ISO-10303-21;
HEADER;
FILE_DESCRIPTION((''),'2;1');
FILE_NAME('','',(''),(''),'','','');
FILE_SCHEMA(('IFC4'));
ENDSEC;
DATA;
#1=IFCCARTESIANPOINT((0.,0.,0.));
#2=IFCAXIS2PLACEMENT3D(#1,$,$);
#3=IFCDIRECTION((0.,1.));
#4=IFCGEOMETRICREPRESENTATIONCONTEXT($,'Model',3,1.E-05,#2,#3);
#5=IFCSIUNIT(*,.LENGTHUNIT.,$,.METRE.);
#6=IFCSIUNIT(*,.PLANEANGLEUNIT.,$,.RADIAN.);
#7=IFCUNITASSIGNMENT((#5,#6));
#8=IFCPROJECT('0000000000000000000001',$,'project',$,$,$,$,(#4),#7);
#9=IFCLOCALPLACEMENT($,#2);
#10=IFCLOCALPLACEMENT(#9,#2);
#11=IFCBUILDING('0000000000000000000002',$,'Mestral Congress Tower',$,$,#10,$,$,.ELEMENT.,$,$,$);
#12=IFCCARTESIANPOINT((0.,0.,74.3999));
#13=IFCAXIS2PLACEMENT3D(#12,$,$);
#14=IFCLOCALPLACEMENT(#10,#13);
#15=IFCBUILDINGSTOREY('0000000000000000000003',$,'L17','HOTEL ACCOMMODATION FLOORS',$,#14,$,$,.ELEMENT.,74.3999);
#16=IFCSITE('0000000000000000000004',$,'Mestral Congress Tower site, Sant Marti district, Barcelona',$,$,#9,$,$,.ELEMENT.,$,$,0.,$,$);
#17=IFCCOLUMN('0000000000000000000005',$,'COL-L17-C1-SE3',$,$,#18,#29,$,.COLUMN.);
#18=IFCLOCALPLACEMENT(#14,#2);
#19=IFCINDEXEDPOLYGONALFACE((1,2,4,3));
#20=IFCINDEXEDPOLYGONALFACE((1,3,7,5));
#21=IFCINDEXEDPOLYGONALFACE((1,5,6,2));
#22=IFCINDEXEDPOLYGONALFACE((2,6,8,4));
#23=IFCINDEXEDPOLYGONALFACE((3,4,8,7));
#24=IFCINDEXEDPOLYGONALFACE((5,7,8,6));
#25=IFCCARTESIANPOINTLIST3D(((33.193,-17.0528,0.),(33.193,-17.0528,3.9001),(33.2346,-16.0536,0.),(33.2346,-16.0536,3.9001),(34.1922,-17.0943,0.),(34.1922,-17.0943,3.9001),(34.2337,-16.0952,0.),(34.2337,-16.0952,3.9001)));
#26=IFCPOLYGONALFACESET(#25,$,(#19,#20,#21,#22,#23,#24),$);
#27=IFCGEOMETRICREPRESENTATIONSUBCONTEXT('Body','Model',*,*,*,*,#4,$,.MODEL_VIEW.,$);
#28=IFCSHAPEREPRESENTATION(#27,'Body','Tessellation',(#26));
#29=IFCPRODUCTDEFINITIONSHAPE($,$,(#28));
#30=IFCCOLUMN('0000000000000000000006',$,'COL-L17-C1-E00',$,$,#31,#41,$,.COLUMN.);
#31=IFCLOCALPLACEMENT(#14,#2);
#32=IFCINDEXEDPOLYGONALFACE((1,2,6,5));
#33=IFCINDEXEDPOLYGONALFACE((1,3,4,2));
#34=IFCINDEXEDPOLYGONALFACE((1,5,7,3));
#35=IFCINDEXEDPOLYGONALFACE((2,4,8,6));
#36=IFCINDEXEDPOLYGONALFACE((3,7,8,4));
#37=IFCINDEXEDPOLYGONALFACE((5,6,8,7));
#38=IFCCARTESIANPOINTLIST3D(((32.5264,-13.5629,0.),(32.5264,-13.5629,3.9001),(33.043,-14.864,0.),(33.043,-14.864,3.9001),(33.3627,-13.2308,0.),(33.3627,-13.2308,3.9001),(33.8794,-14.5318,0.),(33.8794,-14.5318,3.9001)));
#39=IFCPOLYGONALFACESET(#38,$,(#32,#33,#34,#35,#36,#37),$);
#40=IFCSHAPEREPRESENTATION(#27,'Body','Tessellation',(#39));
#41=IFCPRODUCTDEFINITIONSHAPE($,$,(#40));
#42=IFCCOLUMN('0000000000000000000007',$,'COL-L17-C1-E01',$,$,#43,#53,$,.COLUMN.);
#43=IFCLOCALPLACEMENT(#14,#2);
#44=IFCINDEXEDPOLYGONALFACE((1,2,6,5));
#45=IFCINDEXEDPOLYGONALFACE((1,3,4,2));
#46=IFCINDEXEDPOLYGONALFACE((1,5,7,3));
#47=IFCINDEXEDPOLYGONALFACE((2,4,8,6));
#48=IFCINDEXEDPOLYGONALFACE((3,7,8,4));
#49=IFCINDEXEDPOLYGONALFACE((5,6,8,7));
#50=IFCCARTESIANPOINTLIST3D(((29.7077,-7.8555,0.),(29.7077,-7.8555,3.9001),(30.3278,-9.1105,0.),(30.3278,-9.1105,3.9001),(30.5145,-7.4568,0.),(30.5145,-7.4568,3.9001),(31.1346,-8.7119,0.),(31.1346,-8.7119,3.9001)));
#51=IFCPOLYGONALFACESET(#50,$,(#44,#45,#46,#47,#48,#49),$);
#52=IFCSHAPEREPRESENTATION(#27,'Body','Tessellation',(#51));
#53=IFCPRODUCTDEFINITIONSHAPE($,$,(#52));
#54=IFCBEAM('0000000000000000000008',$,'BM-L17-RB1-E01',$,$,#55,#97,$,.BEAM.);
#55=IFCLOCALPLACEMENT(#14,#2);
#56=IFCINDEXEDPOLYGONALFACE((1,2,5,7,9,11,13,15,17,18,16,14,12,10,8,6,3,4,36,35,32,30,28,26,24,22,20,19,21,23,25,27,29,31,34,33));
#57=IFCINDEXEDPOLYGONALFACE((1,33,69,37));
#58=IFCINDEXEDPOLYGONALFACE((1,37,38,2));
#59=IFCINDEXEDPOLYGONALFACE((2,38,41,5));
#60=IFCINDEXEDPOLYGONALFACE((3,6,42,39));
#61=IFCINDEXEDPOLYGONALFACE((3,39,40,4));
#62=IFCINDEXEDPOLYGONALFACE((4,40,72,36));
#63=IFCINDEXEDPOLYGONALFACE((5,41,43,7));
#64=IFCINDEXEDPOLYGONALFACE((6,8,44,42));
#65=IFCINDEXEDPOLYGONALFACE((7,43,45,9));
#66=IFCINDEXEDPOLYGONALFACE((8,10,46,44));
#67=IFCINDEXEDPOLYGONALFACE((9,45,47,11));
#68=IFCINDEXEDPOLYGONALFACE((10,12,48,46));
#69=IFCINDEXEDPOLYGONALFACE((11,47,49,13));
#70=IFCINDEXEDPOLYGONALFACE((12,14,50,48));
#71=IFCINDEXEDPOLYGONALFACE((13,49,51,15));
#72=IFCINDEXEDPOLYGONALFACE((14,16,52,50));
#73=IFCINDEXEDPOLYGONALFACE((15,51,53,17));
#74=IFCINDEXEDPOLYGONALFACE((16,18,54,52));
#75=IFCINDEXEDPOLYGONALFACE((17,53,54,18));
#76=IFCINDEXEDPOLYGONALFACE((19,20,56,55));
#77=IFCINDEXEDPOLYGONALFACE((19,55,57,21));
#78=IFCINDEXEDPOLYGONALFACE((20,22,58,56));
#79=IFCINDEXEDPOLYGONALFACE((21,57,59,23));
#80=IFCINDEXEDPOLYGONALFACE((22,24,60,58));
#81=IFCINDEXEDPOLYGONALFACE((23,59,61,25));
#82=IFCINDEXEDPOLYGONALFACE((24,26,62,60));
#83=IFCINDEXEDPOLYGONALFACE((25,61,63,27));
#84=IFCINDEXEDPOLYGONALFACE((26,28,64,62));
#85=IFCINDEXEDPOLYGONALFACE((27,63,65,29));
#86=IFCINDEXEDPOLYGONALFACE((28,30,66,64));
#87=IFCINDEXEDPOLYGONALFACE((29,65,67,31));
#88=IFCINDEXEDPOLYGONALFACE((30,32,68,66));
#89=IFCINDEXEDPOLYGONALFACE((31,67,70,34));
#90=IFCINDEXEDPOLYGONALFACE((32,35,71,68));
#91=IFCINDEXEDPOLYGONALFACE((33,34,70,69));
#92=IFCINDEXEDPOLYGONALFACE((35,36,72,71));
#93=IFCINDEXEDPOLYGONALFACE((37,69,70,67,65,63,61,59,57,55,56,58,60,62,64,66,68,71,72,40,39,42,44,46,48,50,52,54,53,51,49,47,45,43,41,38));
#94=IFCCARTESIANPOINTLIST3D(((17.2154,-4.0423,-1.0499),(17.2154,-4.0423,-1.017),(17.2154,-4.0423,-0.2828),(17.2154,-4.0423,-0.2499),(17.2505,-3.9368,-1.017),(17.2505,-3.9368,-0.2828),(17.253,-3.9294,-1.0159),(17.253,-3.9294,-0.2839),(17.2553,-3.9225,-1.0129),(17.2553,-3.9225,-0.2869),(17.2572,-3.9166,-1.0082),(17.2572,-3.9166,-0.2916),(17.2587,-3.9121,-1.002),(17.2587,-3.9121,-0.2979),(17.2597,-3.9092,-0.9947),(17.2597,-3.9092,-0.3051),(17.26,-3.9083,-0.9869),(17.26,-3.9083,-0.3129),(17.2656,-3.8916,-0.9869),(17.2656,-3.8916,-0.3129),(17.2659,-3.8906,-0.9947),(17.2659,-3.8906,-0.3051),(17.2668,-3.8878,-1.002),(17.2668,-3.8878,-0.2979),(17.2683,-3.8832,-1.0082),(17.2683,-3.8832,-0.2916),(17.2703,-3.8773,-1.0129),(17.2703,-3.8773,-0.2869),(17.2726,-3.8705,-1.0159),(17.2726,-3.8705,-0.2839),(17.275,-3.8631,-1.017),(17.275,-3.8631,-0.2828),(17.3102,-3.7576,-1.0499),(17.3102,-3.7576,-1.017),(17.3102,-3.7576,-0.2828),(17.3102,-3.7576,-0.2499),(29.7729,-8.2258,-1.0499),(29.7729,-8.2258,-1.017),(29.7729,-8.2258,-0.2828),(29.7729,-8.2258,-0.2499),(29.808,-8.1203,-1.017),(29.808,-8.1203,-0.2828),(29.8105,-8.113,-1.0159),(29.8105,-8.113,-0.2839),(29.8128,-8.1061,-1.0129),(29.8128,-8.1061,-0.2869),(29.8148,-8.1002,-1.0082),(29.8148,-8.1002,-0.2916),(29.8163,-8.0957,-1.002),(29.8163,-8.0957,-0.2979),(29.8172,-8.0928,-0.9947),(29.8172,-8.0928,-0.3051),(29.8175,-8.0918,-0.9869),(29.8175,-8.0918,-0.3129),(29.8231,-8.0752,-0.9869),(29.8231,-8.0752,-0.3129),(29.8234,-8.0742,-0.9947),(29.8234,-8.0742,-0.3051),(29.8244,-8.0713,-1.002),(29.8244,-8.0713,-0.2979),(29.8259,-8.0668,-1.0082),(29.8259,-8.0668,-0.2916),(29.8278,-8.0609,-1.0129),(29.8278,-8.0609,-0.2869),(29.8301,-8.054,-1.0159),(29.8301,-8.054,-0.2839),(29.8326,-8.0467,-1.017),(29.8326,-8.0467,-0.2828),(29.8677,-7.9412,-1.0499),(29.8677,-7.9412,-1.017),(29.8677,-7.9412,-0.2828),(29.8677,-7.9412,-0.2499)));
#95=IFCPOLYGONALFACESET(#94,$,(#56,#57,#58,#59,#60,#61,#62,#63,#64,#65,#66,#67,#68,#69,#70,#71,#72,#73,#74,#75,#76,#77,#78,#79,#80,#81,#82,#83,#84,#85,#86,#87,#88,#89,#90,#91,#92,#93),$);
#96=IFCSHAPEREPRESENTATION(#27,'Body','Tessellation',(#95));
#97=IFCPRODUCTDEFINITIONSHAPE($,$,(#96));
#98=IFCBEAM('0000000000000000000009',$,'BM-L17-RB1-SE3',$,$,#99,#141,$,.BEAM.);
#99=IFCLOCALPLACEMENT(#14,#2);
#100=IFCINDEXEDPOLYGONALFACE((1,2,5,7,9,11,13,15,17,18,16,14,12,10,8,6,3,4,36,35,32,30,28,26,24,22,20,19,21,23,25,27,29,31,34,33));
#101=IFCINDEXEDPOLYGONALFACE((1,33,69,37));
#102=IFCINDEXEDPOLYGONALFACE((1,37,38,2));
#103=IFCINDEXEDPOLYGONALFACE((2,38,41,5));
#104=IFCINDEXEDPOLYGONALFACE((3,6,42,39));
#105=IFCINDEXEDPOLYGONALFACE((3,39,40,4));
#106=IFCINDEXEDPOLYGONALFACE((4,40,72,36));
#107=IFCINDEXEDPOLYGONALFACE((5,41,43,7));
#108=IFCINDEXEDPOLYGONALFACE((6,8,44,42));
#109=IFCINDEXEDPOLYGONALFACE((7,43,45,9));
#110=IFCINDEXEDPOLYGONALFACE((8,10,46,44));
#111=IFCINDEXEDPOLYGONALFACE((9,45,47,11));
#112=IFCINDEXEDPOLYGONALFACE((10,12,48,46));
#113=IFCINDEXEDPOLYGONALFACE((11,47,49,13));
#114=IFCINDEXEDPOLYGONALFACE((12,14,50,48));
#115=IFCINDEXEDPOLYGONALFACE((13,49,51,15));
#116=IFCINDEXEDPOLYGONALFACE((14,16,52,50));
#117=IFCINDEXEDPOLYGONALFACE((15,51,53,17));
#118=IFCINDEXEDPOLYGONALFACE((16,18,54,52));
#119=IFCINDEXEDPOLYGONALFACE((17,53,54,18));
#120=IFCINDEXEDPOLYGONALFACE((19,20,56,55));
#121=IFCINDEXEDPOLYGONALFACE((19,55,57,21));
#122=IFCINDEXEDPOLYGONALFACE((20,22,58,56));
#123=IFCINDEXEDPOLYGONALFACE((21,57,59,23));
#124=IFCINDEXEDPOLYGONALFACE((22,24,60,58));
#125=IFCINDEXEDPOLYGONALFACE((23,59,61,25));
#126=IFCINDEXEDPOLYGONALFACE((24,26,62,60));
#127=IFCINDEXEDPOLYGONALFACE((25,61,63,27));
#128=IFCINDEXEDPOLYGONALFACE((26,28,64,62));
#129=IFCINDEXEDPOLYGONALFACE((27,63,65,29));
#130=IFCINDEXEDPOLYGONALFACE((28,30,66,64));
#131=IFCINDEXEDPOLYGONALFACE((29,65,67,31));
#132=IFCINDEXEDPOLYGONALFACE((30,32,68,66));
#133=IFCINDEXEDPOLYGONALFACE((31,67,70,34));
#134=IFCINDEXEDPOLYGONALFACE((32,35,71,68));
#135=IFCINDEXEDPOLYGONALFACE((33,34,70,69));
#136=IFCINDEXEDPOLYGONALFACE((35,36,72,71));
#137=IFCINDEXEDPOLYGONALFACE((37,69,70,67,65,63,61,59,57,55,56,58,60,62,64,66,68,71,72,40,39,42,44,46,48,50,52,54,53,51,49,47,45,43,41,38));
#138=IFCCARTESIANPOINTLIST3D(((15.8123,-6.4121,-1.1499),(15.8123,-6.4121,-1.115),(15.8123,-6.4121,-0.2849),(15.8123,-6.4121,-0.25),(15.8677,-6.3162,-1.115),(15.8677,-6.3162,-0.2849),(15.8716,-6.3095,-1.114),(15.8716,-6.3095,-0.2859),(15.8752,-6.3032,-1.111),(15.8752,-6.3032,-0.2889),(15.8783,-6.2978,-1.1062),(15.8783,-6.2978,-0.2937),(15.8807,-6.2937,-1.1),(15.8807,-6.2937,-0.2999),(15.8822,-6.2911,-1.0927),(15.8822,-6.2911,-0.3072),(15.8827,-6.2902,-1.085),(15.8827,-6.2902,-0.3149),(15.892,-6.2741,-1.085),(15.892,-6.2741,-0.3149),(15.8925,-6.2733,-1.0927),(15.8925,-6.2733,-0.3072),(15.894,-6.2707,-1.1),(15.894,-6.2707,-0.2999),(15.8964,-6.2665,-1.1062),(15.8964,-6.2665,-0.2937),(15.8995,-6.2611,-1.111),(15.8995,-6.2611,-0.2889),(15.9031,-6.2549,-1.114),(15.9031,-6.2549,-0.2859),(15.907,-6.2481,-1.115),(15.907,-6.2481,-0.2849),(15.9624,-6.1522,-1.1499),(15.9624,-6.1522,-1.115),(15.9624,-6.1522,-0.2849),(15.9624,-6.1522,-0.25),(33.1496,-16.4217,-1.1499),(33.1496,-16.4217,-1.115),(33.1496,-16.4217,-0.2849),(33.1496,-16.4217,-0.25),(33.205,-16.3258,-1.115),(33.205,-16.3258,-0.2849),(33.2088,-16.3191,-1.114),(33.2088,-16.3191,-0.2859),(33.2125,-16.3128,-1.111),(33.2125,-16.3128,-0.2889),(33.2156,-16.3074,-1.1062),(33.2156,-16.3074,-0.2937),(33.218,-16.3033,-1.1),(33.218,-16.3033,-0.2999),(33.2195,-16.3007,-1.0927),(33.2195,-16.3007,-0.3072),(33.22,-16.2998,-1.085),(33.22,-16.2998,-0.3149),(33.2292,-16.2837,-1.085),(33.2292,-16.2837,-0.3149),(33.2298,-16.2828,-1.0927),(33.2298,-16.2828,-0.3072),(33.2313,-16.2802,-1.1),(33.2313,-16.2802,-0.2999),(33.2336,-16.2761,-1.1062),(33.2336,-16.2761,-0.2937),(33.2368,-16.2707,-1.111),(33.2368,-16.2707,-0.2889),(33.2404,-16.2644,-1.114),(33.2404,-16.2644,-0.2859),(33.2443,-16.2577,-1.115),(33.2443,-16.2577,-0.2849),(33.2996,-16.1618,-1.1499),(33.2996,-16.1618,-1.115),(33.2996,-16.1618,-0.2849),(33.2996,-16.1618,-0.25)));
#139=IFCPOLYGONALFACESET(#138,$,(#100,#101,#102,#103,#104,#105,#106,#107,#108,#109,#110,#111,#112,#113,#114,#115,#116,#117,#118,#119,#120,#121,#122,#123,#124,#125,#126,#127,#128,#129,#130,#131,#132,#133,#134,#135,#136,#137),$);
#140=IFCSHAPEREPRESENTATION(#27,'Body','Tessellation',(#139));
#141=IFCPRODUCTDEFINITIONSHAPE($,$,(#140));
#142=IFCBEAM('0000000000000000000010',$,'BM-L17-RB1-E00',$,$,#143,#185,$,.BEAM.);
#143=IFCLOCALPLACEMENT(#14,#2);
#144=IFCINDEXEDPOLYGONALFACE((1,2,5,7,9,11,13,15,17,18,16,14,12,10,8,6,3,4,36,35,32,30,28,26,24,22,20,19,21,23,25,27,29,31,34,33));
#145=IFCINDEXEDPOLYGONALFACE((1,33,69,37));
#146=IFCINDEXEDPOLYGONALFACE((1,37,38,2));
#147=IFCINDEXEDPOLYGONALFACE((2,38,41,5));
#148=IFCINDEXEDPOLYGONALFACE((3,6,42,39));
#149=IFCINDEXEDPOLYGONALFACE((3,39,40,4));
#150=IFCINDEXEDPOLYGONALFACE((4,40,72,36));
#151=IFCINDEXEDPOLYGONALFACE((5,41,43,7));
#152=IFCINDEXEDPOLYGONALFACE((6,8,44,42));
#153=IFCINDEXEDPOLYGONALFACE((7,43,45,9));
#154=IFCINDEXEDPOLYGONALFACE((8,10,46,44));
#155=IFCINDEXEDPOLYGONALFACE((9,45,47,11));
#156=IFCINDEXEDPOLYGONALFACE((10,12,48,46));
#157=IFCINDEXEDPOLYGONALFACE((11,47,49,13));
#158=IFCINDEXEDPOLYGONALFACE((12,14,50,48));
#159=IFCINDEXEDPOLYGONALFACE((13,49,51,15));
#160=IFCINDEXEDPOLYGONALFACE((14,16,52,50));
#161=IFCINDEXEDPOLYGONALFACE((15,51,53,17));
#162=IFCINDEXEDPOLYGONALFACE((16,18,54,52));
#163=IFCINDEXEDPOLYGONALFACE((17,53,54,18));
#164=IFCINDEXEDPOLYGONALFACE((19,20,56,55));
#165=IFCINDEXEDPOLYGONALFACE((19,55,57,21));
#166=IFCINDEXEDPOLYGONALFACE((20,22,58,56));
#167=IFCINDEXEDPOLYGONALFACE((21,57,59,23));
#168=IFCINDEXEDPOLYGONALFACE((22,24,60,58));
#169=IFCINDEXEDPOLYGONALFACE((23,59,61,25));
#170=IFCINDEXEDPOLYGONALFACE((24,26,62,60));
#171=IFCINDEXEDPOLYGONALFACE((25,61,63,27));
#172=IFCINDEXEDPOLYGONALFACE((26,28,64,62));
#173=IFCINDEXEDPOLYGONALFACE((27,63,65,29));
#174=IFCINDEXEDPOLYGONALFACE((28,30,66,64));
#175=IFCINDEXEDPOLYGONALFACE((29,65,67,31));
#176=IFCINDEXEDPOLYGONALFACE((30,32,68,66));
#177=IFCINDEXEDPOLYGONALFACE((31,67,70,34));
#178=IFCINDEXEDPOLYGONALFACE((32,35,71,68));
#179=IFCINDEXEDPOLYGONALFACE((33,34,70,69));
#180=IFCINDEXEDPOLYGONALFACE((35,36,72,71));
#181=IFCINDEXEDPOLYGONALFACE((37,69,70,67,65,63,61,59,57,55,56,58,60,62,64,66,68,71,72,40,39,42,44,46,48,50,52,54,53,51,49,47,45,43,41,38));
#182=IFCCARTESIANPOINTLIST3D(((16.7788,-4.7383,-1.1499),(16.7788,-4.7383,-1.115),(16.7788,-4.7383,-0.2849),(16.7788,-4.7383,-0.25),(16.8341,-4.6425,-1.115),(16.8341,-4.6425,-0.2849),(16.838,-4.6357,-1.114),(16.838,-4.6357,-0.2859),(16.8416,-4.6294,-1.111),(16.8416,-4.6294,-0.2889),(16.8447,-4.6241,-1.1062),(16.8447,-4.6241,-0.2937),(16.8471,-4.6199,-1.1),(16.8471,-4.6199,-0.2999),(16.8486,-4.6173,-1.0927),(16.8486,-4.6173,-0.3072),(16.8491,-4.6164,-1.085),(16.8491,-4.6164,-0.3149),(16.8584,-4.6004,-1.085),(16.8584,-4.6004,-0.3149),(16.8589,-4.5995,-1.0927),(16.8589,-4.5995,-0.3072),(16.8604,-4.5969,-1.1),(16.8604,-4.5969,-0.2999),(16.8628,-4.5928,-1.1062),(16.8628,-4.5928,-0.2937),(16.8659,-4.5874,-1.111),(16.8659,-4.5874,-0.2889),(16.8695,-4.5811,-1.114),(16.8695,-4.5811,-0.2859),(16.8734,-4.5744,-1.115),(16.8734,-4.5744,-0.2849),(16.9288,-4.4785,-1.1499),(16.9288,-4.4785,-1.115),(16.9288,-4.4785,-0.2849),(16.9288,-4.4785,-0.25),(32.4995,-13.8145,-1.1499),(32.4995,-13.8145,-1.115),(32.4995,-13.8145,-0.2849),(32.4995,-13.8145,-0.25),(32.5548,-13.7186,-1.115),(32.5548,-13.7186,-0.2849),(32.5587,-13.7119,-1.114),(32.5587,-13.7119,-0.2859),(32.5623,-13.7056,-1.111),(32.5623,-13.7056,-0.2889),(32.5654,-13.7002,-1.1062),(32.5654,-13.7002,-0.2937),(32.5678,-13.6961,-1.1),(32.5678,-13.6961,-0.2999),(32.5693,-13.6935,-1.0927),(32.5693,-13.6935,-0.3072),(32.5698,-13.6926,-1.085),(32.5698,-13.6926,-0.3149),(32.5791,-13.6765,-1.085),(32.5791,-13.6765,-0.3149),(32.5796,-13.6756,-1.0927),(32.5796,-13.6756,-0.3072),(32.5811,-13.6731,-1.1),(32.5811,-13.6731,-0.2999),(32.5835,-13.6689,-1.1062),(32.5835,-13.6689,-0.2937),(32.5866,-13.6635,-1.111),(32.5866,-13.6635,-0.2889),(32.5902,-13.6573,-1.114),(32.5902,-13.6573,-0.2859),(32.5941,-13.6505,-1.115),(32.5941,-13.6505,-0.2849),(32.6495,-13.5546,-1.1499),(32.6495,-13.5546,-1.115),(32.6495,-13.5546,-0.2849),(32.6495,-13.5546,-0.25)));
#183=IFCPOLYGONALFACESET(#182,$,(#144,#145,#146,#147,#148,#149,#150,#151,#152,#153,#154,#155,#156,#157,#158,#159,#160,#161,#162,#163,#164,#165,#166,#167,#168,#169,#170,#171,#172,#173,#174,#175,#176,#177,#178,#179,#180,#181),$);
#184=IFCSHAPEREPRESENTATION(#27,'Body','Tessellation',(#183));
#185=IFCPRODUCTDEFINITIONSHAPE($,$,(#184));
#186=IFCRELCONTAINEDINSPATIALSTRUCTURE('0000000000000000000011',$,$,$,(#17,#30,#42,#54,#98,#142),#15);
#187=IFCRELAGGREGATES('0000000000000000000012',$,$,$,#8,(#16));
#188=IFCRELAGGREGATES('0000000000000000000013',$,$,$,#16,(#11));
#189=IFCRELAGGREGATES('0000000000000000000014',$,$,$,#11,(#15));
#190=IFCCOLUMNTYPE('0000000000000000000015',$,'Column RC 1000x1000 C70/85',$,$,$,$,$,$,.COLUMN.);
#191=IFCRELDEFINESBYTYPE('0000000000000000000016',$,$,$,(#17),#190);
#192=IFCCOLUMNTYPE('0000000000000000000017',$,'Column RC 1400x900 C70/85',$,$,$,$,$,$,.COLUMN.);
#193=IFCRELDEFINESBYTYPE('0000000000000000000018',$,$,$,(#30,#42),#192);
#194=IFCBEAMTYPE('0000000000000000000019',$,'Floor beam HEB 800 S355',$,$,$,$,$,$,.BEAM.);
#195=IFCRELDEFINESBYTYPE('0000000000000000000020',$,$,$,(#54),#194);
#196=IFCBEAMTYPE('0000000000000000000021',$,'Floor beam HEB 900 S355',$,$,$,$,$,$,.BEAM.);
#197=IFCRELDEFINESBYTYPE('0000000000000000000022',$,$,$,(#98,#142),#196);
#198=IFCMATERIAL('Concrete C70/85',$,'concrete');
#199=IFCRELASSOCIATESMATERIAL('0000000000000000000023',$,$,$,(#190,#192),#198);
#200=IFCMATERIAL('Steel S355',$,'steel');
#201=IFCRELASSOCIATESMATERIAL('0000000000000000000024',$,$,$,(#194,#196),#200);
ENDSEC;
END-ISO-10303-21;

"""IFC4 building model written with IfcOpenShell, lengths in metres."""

from ifc_helpers import new_model, si_unit, direction, frame, origin, origin_2d, place, context, subcontext, project, spatial, rectangle, i_section, extrude, material, material_profile, profile_set, type_object, element, save


model = new_model("IFC4")

# Units and contexts
model_context = context("Model", 3, precision=1e-05, world=origin(), true_north=direction((0.0, 1.0)))
body_context = subcontext(model_context, "Body", "Model", "MODEL_VIEW")
ifc_project = project(units=[si_unit("LENGTHUNIT", "METRE"), si_unit("PLANEANGLEUNIT", "RADIAN")], contexts=[model_context])

# Site, building, storey
site_placement = place(None, origin())
site = spatial("IfcSite", under=ifc_project, at=site_placement, Name="Mestral Congress Tower site, Sant Marti district, Barcelona", CompositionType="ELEMENT", RefElevation=0.0)
building_placement = place(site_placement, origin())
building = spatial("IfcBuilding", under=site, at=building_placement, Name="Mestral Congress Tower", CompositionType="ELEMENT")
storey_placement = place(building_placement, frame((0.0, 0.0, 74.3999)))
storey = spatial("IfcBuildingStorey", under=building, at=storey_placement, Name="L17", Description="HOTEL ACCOMMODATION FLOORS", CompositionType="ELEMENT", Elevation=74.3999)

# Columns
ifc_material_1 = material(Name="Concrete C70/85", Category="concrete")
ifc_material_profile_1 = material_profile(ifc_material_1, rectangle(XDim=1.0, YDim=1.0, at=origin_2d()), Name="RC 1000x1000")
ifc_profile_set_1 = profile_set([ifc_material_profile_1], Name="Concrete C70/85")
column_type_1 = type_object("IfcColumnType", Name="Column RC 1000x1000 C70/85", PredefinedType="COLUMN", material=ifc_profile_set_1)
column_placement = place(storey_placement, frame((33.7134, -16.574, 0.0), z_axis=(0.0, 0.0, 1.0), x_axis=(0.041583, 0.999135, 0.0)))
element("IfcColumn", 1, at=column_placement, inside=storey, type_object=column_type_1, Name="COL-L17-C1-SE3", PredefinedType="COLUMN", context=body_context, shape_type="SweptSolid", body=[
    extrude(rectangle(XDim=1.0, YDim=1.0, at=origin_2d()), origin(), (0.0, 0.0, 1.0), 3.9001),
])
ifc_material_profile_2 = material_profile(ifc_material_1, rectangle(XDim=1.3999, YDim=0.8999, at=origin_2d()), Name="RC 1400x900")
ifc_profile_set_2 = profile_set([ifc_material_profile_2], Name="Concrete C70/85")
column_type_2 = type_object("IfcColumnType", Name="Column RC 1400x900 C70/85", PredefinedType="COLUMN", material=ifc_profile_set_2)
for number, where, z_axis, x_axis, name in (
    (2, (33.2029, -14.0474, 0.0), (0.0, 0.0, 1.0), (-0.36909, 0.929394, 0.0), "COL-L17-C1-E00"),
    (3, (30.4211, -8.2837, 0.0), (0.0, 0.0, 1.0), (-0.442959, 0.896542, 0.0), "COL-L17-C1-E01"),
):
    element("IfcColumn", number, at=place(storey_placement, frame(where, z_axis=z_axis, x_axis=x_axis)), inside=storey, type_object=column_type_2, Name=name, PredefinedType="COLUMN", context=body_context, shape_type="SweptSolid", body=[
        extrude(rectangle(XDim=1.3999, YDim=0.8999, at=origin_2d()), origin(), (0.0, 0.0, 1.0), 3.9001),
    ])

# Beams
ifc_material_2 = material(Name="Steel S355", Category="steel")
ifc_material_profile_3 = material_profile(ifc_material_2, i_section(OverallWidth=0.3, OverallDepth=0.8, WebThickness=0.0176, FlangeThickness=0.033, FilletRadius=0.03, at=origin_2d()), Name="HEB 800")
ifc_profile_set_3 = profile_set([ifc_material_profile_3], Name="Steel S355")
beam_type_1 = type_object("IfcBeamType", Name="Floor beam HEB 800 S355", PredefinedType="BEAM", material=ifc_profile_set_3)
beam_1_placement = place(storey_placement, frame((29.8203, -8.0835, -0.6499), z_axis=(-0.948735, 0.316073, 0.0), x_axis=(-0.316073, -0.948735, 0.0)))
element("IfcBeam", 4, at=beam_1_placement, inside=storey, type_object=beam_type_1, Name="BM-L17-RB1-E01", PredefinedType="BEAM", context=body_context, shape_type="SweptSolid", body=[
    extrude(i_section(OverallWidth=0.3, OverallDepth=0.8, WebThickness=0.0176, FlangeThickness=0.033, FilletRadius=0.03, at=origin_2d()), origin(), (0.0, 0.0, 1.0), 13.2361),
])
ifc_material_profile_4 = material_profile(ifc_material_2, i_section(OverallWidth=0.3, OverallDepth=0.8999, WebThickness=0.0186, FlangeThickness=0.0349, FilletRadius=0.03, at=origin_2d()), Name="HEB 900")
ifc_profile_set_4 = profile_set([ifc_material_profile_4], Name="Steel S355")
beam_type_2 = type_object("IfcBeamType", Name="Floor beam HEB 900 S355", PredefinedType="BEAM", material=ifc_profile_set_4)
beam_2_placement = place(storey_placement, frame((33.2246, -16.2917, -0.7), z_axis=(-0.866027, 0.499997, 0.0), x_axis=(-0.499997, -0.866027, 0.0)))
element("IfcBeam", 5, at=beam_2_placement, inside=storey, type_object=beam_type_2, Name="BM-L17-RB1-SE3", PredefinedType="BEAM", context=body_context, shape_type="SweptSolid", body=[
    extrude(i_section(OverallWidth=0.3, OverallDepth=0.8999, WebThickness=0.0186, FlangeThickness=0.0349, FilletRadius=0.03, at=origin_2d()), origin(), (0.0, 0.0, 1.0), 20.0193),
])
beam_3_placement = place(storey_placement, frame((32.5745, -13.6846, -0.7), z_axis=(-0.86603, 0.499993, 0.0), x_axis=(-0.499993, -0.86603, 0.0)))
element("IfcBeam", 6, at=beam_3_placement, inside=storey, type_object=beam_type_2, Name="BM-L17-RB1-E00", PredefinedType="BEAM", context=body_context, shape_type="SweptSolid", body=[
    extrude(i_section(OverallWidth=0.3, OverallDepth=0.8999, WebThickness=0.0186, FlangeThickness=0.0349, FilletRadius=0.03, at=origin_2d()), origin(), (0.0, 0.0, 1.0), 18.1526),
])

save(model, "model.ifc")
